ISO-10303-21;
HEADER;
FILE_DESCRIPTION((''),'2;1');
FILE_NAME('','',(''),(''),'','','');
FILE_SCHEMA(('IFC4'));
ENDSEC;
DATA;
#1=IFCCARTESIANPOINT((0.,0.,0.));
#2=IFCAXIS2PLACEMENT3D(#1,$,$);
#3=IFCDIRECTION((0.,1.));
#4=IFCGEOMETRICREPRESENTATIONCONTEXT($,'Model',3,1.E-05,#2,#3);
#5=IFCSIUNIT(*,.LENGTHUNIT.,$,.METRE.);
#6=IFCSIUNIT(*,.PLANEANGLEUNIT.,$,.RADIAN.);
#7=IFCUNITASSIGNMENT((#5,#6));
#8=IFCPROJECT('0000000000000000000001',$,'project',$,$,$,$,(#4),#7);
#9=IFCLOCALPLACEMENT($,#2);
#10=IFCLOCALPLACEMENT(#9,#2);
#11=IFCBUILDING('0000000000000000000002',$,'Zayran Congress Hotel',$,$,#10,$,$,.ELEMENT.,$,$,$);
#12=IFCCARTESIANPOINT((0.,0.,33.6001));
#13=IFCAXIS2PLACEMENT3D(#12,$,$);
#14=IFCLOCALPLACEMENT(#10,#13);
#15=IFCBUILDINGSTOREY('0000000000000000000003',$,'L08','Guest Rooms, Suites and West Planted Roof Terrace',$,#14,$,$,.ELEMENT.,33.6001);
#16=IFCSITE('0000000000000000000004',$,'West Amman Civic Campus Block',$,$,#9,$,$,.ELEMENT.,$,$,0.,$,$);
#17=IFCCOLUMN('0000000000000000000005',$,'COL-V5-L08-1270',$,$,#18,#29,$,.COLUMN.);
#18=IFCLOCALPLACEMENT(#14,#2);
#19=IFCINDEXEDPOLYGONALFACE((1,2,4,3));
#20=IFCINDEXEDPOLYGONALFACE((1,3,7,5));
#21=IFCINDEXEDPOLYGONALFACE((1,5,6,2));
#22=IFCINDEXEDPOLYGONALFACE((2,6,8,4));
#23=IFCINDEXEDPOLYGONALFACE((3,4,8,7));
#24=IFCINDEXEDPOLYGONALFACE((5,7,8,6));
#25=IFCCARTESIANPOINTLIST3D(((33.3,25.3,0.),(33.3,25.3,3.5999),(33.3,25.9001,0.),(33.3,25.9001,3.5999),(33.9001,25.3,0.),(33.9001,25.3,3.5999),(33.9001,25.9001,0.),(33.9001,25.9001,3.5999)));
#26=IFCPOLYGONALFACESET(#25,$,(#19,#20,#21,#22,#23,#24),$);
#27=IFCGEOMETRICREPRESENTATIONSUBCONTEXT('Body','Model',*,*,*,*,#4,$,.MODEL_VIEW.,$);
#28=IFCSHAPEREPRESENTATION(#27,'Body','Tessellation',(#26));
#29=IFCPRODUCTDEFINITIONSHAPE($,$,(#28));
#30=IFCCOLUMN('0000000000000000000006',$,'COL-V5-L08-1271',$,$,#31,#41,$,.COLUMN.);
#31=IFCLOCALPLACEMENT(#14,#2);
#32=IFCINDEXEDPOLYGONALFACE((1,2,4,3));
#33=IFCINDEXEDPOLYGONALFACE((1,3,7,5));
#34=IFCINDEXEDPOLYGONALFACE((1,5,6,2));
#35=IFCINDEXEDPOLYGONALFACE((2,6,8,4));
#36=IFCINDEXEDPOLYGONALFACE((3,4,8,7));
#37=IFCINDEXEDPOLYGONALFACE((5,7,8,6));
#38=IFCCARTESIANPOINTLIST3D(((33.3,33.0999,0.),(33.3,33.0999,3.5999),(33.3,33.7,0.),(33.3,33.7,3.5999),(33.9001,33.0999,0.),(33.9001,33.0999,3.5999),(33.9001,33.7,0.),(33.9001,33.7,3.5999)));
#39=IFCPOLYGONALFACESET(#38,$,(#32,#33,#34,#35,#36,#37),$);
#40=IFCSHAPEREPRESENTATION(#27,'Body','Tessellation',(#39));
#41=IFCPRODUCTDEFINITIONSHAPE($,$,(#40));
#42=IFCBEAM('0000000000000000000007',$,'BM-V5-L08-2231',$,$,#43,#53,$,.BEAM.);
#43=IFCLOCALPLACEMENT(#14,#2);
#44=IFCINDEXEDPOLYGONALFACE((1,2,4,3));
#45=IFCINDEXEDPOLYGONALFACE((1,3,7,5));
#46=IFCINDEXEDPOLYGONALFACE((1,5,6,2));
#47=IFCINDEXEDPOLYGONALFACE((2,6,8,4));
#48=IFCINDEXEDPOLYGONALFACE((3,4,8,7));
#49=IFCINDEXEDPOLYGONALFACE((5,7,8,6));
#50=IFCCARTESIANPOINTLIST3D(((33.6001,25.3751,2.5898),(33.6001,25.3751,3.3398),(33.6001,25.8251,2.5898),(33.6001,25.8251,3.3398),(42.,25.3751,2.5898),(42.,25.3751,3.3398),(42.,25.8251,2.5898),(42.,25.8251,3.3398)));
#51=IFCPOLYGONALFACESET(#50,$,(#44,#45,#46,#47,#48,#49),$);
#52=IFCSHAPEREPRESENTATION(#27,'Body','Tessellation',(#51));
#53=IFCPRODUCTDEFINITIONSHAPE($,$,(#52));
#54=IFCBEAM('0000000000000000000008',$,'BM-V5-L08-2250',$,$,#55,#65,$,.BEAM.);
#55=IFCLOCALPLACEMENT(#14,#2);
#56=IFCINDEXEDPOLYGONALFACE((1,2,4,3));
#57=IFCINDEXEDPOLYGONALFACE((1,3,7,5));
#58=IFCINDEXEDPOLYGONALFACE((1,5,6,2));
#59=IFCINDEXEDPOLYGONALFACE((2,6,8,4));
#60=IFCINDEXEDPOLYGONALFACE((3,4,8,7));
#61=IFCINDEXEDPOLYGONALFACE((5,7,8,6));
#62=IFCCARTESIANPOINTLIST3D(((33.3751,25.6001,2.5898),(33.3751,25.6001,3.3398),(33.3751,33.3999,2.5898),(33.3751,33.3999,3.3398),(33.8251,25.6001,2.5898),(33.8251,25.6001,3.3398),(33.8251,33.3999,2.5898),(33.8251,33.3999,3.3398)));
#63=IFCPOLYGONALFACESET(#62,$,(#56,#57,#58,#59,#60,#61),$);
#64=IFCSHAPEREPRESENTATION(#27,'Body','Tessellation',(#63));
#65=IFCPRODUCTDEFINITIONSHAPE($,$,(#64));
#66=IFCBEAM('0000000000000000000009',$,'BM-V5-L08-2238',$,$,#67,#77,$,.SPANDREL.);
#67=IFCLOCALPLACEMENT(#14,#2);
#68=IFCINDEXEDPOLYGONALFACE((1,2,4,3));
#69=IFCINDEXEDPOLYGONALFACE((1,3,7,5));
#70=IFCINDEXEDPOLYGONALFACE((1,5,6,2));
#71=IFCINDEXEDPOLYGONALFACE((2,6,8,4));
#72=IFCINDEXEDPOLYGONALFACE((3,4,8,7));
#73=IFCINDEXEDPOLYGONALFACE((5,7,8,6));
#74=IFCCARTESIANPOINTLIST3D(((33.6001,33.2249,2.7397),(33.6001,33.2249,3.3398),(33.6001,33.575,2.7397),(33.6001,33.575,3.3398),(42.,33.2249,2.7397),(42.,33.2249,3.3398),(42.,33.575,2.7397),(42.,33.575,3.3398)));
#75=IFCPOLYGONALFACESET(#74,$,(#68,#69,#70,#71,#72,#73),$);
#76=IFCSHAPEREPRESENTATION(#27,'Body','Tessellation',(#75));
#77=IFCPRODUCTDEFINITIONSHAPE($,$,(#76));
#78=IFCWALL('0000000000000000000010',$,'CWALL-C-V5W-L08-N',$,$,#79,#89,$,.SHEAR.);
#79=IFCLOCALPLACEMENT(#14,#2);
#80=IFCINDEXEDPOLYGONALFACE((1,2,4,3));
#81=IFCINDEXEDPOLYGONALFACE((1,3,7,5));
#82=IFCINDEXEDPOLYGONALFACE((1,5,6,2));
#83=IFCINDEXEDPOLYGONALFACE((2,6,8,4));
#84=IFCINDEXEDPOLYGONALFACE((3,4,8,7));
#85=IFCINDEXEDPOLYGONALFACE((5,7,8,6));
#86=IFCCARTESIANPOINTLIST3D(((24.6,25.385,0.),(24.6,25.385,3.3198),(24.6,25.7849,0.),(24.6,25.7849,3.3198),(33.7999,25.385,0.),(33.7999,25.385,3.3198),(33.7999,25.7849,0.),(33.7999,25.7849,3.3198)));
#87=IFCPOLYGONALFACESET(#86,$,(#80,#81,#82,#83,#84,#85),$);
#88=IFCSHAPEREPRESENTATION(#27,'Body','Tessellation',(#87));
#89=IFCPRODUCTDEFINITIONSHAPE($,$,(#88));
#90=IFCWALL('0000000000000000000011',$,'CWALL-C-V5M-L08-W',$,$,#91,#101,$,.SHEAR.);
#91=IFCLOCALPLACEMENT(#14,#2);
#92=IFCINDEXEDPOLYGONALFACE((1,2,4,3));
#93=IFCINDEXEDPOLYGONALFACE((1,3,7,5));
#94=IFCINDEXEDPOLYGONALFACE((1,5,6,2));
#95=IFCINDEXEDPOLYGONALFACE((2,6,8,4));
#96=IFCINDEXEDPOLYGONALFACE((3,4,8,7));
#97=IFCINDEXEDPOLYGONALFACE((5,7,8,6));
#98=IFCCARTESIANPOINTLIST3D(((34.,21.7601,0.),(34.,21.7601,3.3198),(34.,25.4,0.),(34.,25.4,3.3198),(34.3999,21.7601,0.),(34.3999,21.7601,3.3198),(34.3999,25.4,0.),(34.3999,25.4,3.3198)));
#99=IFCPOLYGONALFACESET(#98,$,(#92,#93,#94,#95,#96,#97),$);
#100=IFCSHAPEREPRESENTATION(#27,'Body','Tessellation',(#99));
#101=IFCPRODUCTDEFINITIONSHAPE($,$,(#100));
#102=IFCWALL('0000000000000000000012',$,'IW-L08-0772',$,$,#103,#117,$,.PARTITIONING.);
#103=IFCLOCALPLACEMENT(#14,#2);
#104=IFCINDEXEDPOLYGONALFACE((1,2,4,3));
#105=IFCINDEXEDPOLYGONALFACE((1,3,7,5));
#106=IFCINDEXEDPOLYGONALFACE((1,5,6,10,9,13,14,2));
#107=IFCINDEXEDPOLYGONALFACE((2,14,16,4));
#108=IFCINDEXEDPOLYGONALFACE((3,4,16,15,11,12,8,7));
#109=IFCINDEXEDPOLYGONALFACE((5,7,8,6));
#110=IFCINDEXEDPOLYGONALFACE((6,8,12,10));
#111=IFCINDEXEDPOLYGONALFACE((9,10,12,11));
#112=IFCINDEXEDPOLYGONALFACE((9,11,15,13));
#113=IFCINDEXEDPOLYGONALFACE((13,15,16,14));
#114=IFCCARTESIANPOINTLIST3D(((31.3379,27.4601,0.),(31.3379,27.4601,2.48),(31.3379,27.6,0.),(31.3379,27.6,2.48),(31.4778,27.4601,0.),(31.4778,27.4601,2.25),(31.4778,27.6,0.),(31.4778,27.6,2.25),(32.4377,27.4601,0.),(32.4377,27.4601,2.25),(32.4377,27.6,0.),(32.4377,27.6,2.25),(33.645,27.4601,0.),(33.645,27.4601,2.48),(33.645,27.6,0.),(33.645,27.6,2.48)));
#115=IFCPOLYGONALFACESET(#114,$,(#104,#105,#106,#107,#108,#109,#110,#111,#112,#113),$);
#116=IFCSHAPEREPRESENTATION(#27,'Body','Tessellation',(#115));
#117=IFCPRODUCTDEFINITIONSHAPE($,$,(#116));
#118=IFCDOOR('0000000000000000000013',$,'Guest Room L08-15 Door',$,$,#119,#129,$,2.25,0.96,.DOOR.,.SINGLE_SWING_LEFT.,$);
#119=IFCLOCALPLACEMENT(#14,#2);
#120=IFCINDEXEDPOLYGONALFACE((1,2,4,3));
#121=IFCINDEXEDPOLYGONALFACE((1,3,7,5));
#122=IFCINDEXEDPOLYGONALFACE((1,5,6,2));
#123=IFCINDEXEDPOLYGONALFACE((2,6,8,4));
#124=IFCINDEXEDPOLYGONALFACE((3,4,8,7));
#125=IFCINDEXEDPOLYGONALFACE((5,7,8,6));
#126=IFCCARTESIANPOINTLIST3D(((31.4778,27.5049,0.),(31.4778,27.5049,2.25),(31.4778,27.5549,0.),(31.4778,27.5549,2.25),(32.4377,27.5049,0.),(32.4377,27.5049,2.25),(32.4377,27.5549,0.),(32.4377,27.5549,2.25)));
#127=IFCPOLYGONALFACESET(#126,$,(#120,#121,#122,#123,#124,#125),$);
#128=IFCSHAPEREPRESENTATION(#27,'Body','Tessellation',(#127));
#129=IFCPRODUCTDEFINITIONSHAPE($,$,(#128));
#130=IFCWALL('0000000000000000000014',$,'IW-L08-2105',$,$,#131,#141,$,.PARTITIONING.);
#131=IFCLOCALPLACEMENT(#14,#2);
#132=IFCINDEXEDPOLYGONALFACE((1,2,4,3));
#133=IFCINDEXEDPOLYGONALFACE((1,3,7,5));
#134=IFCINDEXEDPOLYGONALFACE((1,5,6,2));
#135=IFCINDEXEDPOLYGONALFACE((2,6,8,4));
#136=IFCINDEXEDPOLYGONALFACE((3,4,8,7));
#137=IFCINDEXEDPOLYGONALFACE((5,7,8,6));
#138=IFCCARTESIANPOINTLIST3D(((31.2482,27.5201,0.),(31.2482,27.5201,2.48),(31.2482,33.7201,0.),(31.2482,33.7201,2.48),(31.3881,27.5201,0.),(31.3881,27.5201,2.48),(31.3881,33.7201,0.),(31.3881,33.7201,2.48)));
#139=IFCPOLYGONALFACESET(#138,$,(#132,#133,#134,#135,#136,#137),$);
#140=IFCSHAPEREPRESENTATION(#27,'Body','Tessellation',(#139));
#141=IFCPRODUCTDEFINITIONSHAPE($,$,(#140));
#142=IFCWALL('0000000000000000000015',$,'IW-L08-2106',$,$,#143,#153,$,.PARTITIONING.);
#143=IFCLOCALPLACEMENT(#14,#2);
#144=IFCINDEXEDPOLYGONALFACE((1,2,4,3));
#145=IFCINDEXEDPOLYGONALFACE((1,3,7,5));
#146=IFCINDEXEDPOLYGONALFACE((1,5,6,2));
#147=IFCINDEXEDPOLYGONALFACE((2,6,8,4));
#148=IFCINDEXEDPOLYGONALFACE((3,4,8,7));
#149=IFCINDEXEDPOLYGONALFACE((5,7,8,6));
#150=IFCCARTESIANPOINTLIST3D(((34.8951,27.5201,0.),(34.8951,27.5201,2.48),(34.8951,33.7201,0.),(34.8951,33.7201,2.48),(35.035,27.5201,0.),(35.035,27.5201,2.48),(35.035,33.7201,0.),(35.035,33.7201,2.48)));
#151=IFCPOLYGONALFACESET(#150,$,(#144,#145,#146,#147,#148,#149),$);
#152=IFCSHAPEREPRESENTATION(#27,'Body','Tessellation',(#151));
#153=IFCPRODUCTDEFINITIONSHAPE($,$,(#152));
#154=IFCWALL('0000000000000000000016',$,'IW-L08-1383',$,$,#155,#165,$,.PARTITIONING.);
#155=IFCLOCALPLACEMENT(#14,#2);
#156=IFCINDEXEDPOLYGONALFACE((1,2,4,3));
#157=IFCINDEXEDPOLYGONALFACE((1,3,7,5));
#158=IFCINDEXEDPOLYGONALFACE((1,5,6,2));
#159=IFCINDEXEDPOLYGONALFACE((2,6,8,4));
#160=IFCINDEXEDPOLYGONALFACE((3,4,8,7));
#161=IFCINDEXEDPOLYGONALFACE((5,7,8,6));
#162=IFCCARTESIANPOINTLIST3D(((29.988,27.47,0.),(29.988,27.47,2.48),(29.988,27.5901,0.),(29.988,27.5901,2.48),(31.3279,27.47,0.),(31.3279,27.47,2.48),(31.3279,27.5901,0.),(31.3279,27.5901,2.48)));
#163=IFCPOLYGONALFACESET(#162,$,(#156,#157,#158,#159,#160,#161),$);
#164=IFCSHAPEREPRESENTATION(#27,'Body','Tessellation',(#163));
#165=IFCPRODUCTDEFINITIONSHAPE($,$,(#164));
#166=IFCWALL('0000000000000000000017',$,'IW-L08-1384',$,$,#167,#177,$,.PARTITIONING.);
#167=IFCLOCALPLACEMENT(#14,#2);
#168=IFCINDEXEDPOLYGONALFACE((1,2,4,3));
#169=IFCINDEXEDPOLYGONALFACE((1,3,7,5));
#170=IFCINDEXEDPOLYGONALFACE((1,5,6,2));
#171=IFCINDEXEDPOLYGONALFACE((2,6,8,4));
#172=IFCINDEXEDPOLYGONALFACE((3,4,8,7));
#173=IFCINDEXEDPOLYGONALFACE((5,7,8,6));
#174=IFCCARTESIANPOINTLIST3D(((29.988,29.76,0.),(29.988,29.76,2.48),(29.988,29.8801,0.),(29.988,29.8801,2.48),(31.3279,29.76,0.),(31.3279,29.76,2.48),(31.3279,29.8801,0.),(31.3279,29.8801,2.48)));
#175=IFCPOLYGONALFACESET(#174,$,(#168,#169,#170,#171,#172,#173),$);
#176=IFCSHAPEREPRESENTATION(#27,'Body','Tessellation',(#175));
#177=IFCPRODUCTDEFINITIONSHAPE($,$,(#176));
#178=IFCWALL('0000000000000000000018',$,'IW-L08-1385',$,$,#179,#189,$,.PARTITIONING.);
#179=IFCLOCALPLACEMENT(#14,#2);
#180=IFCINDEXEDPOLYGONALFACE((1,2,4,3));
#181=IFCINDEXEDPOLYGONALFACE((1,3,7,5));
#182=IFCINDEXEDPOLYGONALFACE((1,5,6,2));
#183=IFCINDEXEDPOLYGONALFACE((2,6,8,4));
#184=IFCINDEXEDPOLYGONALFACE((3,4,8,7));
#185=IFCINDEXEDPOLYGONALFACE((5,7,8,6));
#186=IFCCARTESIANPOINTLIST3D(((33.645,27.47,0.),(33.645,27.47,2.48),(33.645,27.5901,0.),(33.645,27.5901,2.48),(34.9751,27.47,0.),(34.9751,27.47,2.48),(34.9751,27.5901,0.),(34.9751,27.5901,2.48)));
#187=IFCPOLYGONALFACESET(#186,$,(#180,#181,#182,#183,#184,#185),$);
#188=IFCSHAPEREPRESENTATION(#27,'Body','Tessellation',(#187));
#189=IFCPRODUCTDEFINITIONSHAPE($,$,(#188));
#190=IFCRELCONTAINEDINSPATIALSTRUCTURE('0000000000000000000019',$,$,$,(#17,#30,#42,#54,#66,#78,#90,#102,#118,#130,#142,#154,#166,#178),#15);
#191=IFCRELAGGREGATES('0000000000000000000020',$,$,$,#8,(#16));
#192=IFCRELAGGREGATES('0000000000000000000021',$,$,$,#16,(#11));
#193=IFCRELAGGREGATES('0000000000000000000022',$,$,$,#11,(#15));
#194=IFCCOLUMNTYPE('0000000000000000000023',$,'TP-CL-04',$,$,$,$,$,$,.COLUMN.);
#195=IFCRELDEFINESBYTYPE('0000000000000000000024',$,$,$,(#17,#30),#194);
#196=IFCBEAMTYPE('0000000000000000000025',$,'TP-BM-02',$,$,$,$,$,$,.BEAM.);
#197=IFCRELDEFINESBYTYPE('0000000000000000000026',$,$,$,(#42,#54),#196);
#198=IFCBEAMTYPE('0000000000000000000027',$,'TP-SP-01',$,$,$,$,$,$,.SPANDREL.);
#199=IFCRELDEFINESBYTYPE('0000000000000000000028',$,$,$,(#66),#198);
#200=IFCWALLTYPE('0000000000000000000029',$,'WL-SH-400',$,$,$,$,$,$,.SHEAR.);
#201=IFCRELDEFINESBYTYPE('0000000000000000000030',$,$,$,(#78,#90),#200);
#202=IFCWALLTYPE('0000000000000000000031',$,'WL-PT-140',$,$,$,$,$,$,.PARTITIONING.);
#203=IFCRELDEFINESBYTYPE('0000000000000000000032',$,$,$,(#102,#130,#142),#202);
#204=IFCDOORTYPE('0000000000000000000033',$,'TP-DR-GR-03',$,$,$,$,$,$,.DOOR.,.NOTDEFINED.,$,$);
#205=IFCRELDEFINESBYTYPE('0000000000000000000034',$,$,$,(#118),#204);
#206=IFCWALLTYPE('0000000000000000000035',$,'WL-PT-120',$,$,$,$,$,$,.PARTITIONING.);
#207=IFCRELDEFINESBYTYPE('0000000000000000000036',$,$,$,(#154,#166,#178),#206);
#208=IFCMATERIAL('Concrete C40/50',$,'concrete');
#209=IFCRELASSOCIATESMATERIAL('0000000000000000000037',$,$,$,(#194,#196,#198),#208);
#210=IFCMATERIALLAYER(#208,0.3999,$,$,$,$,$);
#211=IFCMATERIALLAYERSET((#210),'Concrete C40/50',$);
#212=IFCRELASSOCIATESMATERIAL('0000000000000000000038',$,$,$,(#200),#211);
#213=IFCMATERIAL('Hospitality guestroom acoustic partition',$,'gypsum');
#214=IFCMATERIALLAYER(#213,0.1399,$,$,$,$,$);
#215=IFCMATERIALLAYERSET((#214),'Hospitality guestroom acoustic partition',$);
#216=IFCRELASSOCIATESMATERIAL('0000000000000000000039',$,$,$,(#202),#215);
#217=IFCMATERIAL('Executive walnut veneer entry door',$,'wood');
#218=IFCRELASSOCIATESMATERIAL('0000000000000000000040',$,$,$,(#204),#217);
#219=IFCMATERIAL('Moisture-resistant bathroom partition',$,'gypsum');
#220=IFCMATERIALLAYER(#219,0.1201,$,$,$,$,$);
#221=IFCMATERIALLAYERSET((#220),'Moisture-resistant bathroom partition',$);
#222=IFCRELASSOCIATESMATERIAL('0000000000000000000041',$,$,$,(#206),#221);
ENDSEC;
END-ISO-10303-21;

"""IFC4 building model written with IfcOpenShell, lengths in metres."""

from ifc_helpers import new_model, si_unit, direction, frame, frame_2d, origin, origin_2d, place, context, subcontext, project, spatial, rectangle, extrude, material, layer, layer_set, material_profile, profile_set, type_object, element, fill, save


model = new_model("IFC4")

# Units and contexts
model_context = context("Model", 3, precision=1e-05, world=origin(), true_north=direction((0.0, 1.0)))
body_context = subcontext(model_context, "Body", "Model", "MODEL_VIEW")
ifc_project = project(units=[si_unit("LENGTHUNIT", "METRE"), si_unit("PLANEANGLEUNIT", "RADIAN")], contexts=[model_context])

# Site, building, storey
site_placement = place(None, origin())
site = spatial("IfcSite", under=ifc_project, at=site_placement, Name="West Amman Civic Campus Block", CompositionType="ELEMENT", RefElevation=0.0)
building_placement = place(site_placement, origin())
building = spatial("IfcBuilding", under=site, at=building_placement, Name="Zayran Congress Hotel", CompositionType="ELEMENT")
storey_placement = place(building_placement, frame((0.0, 0.0, 33.6001)))
storey = spatial("IfcBuildingStorey", under=building, at=storey_placement, Name="L08", Description="Guest Rooms, Suites and West Planted Roof Terrace", CompositionType="ELEMENT", Elevation=33.6001)

# Columns
ifc_material_1 = material(Name="Concrete C40/50", Category="concrete")
ifc_material_profile_1 = material_profile(ifc_material_1, rectangle(XDim=0.6001, YDim=0.6001, at=origin_2d()), Name="RC 600x600")
ifc_profile_set_1 = profile_set([ifc_material_profile_1], Name="Concrete C40/50")
column_type = type_object("IfcColumnType", Name="TP-CL-04", PredefinedType="COLUMN", material=ifc_profile_set_1)
for number, where, z_axis, x_axis, name in (
    (1, (33.6001, 25.6001, 0.0), (0.0, 0.0, 1.0), (1.0, 0.0, 0.0), "COL-V5-L08-1270"),
    (2, (33.6001, 33.3999, 0.0), (0.0, 0.0, 1.0), (1.0, 0.0, 0.0), "COL-V5-L08-1271"),
):
    element("IfcColumn", number, at=place(storey_placement, frame(where, z_axis=z_axis, x_axis=x_axis)), inside=storey, type_object=column_type, Name=name, PredefinedType="COLUMN", context=body_context, shape_type="SweptSolid", body=[
        extrude(rectangle(XDim=0.6001, YDim=0.6001, at=origin_2d()), origin(), (0.0, 0.0, 1.0), 3.5999),
    ])

# Beams
ifc_material_profile_2 = material_profile(ifc_material_1, rectangle(XDim=0.45, YDim=0.75, at=origin_2d()), Name="RC 450x750")
ifc_profile_set_2 = profile_set([ifc_material_profile_2], Name="Concrete C40/50")
beam_type_1 = type_object("IfcBeamType", Name="TP-BM-02", PredefinedType="BEAM", material=ifc_profile_set_2)
beam_1_placement = place(storey_placement, frame((33.6001, 25.6001, 2.9648), z_axis=(1.0, 0.0, 0.0), x_axis=(0.0, 1.0, 0.0)))
element("IfcBeam", 3, at=beam_1_placement, inside=storey, type_object=beam_type_1, Name="BM-V5-L08-2231", PredefinedType="BEAM", context=body_context, shape_type="SweptSolid", body=[
    extrude(rectangle(XDim=0.45, YDim=0.75, at=origin_2d()), origin(), (0.0, 0.0, 1.0), 8.3999),
])
beam_2_placement = place(storey_placement, frame((33.6001, 25.6001, 2.9648), z_axis=(0.0, 1.0, 0.0), x_axis=(-1.0, 0.0, 0.0)))
element("IfcBeam", 4, at=beam_2_placement, inside=storey, type_object=beam_type_1, Name="BM-V5-L08-2250", PredefinedType="BEAM", context=body_context, shape_type="SweptSolid", body=[
    extrude(rectangle(XDim=0.45, YDim=0.75, at=origin_2d()), origin(), (0.0, 0.0, 1.0), 7.7998),
])
ifc_material_profile_3 = material_profile(ifc_material_1, rectangle(XDim=0.3501, YDim=0.6001, at=origin_2d()), Name="RC 350x600")
ifc_profile_set_3 = profile_set([ifc_material_profile_3], Name="Concrete C40/50")
beam_type_2 = type_object("IfcBeamType", Name="TP-SP-01", PredefinedType="SPANDREL", material=ifc_profile_set_3)
beam_3_placement = place(storey_placement, frame((33.6001, 33.3999, 3.0398), z_axis=(1.0, 0.0, 0.0), x_axis=(0.0, 1.0, 0.0)))
element("IfcBeam", 5, at=beam_3_placement, inside=storey, type_object=beam_type_2, Name="BM-V5-L08-2238", PredefinedType="SPANDREL", context=body_context, shape_type="SweptSolid", body=[
    extrude(rectangle(XDim=0.3501, YDim=0.6001, at=origin_2d()), origin(), (0.0, 0.0, 1.0), 8.3999),
])

# Walls
ifc_layer_1 = layer(ifc_material_1, 0.3999)
ifc_layer_set_1 = layer_set([ifc_layer_1], Name="Concrete C40/50")
wall_type_1 = type_object("IfcWallType", Name="WL-SH-400", PredefinedType="SHEAR", material=ifc_layer_set_1)
wall_1_placement = place(storey_placement, frame((33.8, 25.585, 0.0), z_axis=(0.0, 0.0, 1.0), x_axis=(-1.0, 0.0, 0.0)))
element("IfcWall", 6, at=wall_1_placement, inside=storey, type_object=wall_type_1, Name="CWALL-C-V5W-L08-N", PredefinedType="SHEAR", context=body_context, shape_type="SweptSolid", body=[
    extrude(rectangle(XDim=9.2, YDim=0.3999, at=frame_2d((4.6001, 0.0))), origin(), (0.0, 0.0, 1.0), 3.3198),
])
wall_2_placement = place(storey_placement, frame((34.2, 25.3999, 0.0), z_axis=(0.0, 0.0, 1.0), x_axis=(0.0, -1.0, 0.0)))
element("IfcWall", 7, at=wall_2_placement, inside=storey, type_object=wall_type_1, Name="CWALL-C-V5M-L08-W", PredefinedType="SHEAR", context=body_context, shape_type="SweptSolid", body=[
    extrude(rectangle(XDim=3.6399, YDim=0.3999, at=frame_2d((1.8198, 0.0))), origin(), (0.0, 0.0, 1.0), 3.3198),
])

# Wall, opening, door
ifc_material_2 = material(Name="Hospitality guestroom acoustic partition", Category="gypsum")
ifc_layer_2 = layer(ifc_material_2, 0.1399)
ifc_layer_set_2 = layer_set([ifc_layer_2], Name="Hospitality guestroom acoustic partition")
wall_type_2 = type_object("IfcWallType", Name="WL-PT-140", PredefinedType="PARTITIONING", material=ifc_layer_set_2)
wall_3_placement = place(storey_placement, frame((31.3379, 27.53, 0.0), z_axis=(0.0, 0.0, 1.0), x_axis=(1.0, 0.0, 0.0)))
wall_3 = element("IfcWall", 8, at=wall_3_placement, inside=storey, type_object=wall_type_2, Name="IW-L08-0772", PredefinedType="PARTITIONING", context=body_context, shape_type="SweptSolid", body=[
    extrude(rectangle(XDim=2.3071, YDim=0.1399, at=frame_2d((1.1536, 0.0))), origin(), (0.0, 0.0, 1.0), 2.48),
])
opening_1_placement = place(wall_3_placement, frame((0.1399, 0.0, 0.0)))
opening_1 = element("IfcOpeningElement", 9, at=opening_1_placement, cuts=wall_3, PredefinedType="OPENING", context=body_context, shape_type="SweptSolid", body=[
    extrude(rectangle(XDim=0.96, YDim=2.25, at=frame_2d((0.48, 1.125))), frame((0.0, 0.0798, 0.0), z_axis=(0.0, -1.0, 0.0), x_axis=(1.0, 0.0, 0.0)), (0.0, 0.0, 1.0), 0.1599),
])
ifc_material_3 = material(Name="Executive walnut veneer entry door", Category="wood")
door_type_1 = type_object("IfcDoorType", Name="TP-DR-GR-03", OperationType="NOTDEFINED", PredefinedType="DOOR", material=ifc_material_3)
door_1_placement = place(opening_1_placement, origin())
door_1 = element("IfcDoor", 10, at=door_1_placement, inside=storey, type_object=door_type_1, Name="Guest Room L08-15 Door", OperationType="SINGLE_SWING_LEFT", OverallHeight=2.25, OverallWidth=0.96, PredefinedType="DOOR", context=body_context, shape_type="SweptSolid", body=[
    extrude(rectangle(XDim=0.96, YDim=2.25, at=frame_2d((0.48, 1.125))), frame((0.0, 0.0249, 0.0), z_axis=(0.0, -1.0, 0.0), x_axis=(1.0, 0.0, 0.0)), (0.0, 0.0, 1.0), 0.05),
])
fill(opening_1, door_1)

# Walls
for number, where, z_axis, x_axis, name in (
    (11, (31.3181, 27.52, 0.0), (0.0, 0.0, 1.0), (0.0, 1.0, 0.0), "IW-L08-2105"),
    (12, (34.9651, 27.52, 0.0), (0.0, 0.0, 1.0), (0.0, 1.0, 0.0), "IW-L08-2106"),
):
    element("IfcWall", number, at=place(storey_placement, frame(where, z_axis=z_axis, x_axis=x_axis)), inside=storey, type_object=wall_type_2, Name=name, PredefinedType="PARTITIONING", context=body_context, shape_type="SweptSolid", body=[
        extrude(rectangle(XDim=6.2, YDim=0.1399, at=frame_2d((3.1001, 0.0))), origin(), (0.0, 0.0, 1.0), 2.48),
    ])

# Shared definitions
ifc_material_4 = material(Name="Moisture-resistant bathroom partition", Category="gypsum")
ifc_layer_3 = layer(ifc_material_4, 0.1201)
ifc_layer_set_3 = layer_set([ifc_layer_3], Name="Moisture-resistant bathroom partition")
wall_type_3 = type_object("IfcWallType", Name="WL-PT-120", PredefinedType="PARTITIONING", material=ifc_layer_set_3)

# Walls
for number, where, z_axis, x_axis, name in (
    (13, (29.988, 27.53, 0.0), (0.0, 0.0, 1.0), (1.0, 0.0, 0.0), "IW-L08-1383"),
    (14, (29.988, 29.8201, 0.0), (0.0, 0.0, 1.0), (1.0, 0.0, 0.0), "IW-L08-1384"),
):
    element("IfcWall", number, at=place(storey_placement, frame(where, z_axis=z_axis, x_axis=x_axis)), inside=storey, type_object=wall_type_3, Name=name, PredefinedType="PARTITIONING", context=body_context, shape_type="SweptSolid", body=[
        extrude(rectangle(XDim=1.3398, YDim=0.1201, at=frame_2d((0.6699, 0.0))), origin(), (0.0, 0.0, 1.0), 2.48),
    ])
wall_4_placement = place(storey_placement, frame((33.645, 27.53, 0.0), z_axis=(0.0, 0.0, 1.0), x_axis=(1.0, 0.0, 0.0)))
element("IfcWall", 15, at=wall_4_placement, inside=storey, type_object=wall_type_3, Name="IW-L08-1385", PredefinedType="PARTITIONING", context=body_context, shape_type="SweptSolid", body=[
    extrude(rectangle(XDim=1.3301, YDim=0.1201, at=frame_2d((0.665, 0.0))), origin(), (0.0, 0.0, 1.0), 2.48),
])

save(model, "model.ifc")
